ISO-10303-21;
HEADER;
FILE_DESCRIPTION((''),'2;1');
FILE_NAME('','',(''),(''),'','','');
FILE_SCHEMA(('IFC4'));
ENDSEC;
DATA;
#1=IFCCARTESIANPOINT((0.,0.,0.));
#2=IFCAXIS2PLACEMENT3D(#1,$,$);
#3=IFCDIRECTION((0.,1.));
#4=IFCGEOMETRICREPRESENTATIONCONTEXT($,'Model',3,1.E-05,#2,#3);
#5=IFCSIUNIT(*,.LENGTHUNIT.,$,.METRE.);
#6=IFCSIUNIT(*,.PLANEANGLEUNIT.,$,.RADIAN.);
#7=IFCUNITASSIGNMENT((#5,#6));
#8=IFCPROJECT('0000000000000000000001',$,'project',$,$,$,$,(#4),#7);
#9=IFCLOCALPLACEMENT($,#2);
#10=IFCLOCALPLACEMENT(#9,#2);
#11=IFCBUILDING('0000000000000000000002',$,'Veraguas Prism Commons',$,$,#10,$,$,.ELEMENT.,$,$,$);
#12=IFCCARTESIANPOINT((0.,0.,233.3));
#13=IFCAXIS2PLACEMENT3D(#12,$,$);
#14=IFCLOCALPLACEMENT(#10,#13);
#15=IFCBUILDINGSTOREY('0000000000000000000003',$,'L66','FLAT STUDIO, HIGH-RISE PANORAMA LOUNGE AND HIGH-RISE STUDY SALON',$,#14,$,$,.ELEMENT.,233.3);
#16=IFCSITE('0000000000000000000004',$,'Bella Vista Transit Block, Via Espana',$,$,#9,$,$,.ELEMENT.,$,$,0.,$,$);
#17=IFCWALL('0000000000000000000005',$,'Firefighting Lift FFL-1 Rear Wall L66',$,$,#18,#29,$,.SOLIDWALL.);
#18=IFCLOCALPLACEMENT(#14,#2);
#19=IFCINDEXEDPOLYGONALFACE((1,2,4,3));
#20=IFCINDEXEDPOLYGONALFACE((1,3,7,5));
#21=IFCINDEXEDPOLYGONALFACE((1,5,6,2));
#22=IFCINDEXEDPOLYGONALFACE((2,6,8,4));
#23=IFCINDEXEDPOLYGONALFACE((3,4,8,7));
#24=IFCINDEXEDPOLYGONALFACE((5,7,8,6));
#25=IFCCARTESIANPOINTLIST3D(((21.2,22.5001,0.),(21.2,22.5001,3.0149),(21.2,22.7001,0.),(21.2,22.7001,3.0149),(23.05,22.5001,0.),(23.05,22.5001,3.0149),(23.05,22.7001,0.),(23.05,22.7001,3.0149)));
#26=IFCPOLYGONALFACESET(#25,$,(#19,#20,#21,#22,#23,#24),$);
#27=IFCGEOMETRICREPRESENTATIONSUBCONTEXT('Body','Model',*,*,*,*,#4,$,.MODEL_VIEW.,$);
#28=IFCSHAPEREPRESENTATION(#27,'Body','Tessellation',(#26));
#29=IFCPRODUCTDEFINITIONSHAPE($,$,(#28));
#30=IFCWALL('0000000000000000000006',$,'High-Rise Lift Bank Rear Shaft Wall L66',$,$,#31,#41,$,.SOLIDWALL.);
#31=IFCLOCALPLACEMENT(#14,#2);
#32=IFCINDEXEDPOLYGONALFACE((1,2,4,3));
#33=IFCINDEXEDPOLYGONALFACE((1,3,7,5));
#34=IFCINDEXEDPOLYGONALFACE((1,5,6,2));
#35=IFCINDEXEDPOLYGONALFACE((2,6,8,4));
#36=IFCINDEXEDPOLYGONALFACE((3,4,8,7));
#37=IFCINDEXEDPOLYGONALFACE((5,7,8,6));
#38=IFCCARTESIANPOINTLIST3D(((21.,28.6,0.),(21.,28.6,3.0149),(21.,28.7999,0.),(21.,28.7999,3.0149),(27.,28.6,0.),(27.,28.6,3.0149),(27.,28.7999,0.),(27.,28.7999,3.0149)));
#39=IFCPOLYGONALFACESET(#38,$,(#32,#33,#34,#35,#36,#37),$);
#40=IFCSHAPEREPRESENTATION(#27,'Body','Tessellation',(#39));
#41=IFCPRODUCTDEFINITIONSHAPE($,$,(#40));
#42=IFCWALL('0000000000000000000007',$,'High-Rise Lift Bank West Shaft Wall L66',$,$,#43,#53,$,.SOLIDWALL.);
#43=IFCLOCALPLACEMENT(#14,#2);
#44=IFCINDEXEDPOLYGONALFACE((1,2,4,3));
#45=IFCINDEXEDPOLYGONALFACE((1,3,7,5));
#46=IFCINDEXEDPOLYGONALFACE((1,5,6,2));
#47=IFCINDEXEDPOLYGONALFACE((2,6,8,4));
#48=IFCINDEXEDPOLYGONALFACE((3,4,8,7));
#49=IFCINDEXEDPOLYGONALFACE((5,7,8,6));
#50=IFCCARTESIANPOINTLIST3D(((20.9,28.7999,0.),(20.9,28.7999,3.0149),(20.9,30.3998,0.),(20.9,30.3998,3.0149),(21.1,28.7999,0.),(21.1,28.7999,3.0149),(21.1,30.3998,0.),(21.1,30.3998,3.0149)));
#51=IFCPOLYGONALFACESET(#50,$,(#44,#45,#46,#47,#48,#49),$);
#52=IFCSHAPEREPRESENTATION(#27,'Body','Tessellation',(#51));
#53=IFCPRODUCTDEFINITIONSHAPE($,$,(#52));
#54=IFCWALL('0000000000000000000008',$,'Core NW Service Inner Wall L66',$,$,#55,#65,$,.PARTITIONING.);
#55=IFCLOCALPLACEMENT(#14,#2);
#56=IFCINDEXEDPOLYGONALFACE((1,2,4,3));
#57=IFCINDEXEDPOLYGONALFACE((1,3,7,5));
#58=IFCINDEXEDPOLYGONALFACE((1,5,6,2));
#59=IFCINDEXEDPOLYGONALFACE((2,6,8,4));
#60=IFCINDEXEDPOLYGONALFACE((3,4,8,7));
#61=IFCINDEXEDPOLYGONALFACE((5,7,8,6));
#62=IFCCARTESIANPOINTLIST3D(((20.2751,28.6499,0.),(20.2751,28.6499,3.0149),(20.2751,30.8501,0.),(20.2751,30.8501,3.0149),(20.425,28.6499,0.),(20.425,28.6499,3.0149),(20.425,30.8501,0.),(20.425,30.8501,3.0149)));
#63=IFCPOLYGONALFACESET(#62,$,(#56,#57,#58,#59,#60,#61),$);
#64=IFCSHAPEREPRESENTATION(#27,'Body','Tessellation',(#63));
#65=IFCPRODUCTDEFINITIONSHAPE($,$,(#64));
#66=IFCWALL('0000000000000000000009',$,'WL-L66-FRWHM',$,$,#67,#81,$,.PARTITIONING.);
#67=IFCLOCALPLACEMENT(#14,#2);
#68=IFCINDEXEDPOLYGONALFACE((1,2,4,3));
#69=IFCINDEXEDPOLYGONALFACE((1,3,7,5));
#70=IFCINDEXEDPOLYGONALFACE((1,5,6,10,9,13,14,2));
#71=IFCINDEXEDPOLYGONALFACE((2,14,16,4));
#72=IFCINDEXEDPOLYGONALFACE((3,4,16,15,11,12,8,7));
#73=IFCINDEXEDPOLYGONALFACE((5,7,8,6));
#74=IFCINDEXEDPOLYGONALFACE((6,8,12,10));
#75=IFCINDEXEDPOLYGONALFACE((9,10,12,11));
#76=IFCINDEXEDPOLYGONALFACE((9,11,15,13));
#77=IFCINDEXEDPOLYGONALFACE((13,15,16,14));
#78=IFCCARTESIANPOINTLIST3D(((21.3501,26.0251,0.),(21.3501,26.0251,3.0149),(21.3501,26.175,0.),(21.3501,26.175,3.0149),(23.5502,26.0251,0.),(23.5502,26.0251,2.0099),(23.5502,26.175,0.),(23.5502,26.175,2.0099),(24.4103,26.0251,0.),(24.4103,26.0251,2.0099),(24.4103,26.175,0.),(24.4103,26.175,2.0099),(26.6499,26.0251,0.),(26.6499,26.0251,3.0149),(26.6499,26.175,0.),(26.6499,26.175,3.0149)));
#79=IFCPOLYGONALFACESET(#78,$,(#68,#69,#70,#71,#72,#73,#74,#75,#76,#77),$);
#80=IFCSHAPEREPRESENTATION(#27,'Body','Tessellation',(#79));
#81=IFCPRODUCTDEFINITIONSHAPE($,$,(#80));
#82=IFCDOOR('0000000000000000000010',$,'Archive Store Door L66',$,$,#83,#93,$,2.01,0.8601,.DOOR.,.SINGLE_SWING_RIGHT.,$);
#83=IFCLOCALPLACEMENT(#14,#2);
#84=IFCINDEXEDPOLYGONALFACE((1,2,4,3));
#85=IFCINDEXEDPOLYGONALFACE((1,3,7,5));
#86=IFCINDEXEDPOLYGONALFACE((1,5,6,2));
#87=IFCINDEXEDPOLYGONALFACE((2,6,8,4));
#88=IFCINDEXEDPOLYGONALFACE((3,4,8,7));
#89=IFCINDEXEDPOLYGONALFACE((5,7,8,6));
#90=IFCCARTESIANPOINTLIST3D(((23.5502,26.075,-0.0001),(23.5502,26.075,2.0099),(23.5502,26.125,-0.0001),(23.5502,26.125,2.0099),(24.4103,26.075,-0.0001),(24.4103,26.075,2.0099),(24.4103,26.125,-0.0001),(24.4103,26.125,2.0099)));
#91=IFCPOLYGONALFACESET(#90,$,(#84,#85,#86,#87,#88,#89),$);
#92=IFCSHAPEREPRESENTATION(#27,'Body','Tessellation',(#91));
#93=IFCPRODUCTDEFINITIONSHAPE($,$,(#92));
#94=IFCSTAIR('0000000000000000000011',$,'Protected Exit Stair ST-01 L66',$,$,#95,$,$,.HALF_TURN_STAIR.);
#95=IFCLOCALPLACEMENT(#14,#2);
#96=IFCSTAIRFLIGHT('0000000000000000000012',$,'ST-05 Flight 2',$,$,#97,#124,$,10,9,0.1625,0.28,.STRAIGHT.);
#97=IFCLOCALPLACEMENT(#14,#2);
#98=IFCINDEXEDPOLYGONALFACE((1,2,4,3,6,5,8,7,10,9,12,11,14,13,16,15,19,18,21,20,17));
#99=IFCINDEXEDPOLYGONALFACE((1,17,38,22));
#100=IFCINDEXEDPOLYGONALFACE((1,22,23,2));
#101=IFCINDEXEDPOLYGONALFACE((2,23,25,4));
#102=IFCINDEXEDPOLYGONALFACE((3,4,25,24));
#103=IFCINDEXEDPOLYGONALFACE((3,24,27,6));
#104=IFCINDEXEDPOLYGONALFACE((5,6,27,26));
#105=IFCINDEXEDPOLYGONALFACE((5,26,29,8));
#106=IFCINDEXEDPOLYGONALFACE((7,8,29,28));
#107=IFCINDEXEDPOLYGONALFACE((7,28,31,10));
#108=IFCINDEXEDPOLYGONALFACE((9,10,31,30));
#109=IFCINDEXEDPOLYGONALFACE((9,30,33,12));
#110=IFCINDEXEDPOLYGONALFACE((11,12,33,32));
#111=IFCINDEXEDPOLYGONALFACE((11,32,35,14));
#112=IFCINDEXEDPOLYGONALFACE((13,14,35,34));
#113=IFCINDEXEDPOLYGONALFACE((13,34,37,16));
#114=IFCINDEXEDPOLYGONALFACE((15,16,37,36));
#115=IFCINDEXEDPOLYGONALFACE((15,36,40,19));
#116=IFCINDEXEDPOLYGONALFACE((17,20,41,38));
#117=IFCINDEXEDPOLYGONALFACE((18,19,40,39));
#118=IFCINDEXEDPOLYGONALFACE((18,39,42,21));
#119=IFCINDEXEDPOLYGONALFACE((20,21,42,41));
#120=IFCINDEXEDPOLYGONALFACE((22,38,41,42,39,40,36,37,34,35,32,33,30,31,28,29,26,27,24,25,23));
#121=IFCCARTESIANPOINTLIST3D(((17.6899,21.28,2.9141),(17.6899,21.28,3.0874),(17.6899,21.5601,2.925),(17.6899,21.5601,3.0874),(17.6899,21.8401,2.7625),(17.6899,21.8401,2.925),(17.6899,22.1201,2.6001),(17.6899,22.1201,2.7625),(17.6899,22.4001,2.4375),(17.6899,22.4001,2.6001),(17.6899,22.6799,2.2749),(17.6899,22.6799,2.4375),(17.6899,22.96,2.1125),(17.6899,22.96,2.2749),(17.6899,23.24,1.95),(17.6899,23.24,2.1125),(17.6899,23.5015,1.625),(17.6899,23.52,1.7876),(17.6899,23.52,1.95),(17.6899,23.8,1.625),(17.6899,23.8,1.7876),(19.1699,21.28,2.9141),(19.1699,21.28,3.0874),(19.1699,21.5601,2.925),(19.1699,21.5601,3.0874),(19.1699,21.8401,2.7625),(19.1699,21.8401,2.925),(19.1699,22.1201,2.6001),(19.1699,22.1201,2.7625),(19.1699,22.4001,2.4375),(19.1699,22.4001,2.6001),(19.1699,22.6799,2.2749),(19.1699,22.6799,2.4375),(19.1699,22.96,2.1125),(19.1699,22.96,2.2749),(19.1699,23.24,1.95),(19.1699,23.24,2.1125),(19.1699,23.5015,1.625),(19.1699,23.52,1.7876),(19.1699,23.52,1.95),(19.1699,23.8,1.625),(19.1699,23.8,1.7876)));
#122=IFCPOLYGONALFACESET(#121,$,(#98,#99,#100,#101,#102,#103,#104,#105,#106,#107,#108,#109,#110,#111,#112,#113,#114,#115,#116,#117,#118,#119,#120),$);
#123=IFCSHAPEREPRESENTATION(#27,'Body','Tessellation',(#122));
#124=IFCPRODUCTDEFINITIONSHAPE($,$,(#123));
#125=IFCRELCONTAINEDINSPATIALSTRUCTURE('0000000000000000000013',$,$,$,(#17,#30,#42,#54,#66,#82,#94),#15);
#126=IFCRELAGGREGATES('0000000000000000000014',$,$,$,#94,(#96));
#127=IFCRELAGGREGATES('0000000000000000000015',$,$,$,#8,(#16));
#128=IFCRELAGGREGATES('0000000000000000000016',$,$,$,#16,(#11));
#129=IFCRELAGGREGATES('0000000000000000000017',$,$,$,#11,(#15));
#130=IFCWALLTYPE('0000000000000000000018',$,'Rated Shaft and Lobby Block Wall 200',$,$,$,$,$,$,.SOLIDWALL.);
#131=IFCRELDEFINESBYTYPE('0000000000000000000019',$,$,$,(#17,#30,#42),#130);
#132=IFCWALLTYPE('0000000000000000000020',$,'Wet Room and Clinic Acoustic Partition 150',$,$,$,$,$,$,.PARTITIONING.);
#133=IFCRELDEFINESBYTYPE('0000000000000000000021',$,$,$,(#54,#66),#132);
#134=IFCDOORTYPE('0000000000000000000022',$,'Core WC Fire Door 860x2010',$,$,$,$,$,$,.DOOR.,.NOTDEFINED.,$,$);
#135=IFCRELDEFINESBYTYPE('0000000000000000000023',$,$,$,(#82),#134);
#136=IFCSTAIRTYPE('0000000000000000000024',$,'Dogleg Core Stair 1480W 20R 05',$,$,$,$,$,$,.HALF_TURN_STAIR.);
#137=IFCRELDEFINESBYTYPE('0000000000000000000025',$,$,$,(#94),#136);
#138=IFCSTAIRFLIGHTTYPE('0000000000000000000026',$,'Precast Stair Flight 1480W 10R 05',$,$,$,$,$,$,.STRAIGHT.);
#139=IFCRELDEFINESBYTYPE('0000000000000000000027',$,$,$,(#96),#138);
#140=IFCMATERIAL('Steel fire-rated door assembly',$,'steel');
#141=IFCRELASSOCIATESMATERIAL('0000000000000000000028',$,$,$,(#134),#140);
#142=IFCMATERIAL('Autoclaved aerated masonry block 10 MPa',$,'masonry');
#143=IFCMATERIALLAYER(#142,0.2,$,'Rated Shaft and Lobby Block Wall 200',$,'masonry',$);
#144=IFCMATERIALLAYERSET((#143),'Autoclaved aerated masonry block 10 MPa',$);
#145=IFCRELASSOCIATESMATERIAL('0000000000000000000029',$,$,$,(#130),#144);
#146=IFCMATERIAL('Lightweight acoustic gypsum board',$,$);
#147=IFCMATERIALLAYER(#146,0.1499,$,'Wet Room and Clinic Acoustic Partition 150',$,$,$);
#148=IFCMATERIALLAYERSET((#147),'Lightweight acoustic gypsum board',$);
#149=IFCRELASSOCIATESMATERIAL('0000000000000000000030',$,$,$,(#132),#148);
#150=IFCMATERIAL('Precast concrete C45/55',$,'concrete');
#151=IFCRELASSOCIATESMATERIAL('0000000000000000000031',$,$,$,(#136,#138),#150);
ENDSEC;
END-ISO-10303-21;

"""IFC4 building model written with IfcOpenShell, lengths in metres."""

from ifc_helpers import new_model, si_unit, direction, frame, frame_2d, origin, place, context, subcontext, project, spatial, polyline, rectangle, outline, extrude, source, transform, mapped, material, layer, layer_set, type_object, element, fill, aggregate, save


model = new_model("IFC4")

# Units and contexts
model_context = context("Model", 3, precision=1e-05, world=origin(), true_north=direction((0.0, 1.0)))
body_context = subcontext(model_context, "Body", "Model", "MODEL_VIEW")
ifc_project = project(units=[si_unit("LENGTHUNIT", "METRE"), si_unit("PLANEANGLEUNIT", "RADIAN")], contexts=[model_context])

# Site, building, storey
site_placement = place(None, origin())
site = spatial("IfcSite", under=ifc_project, at=site_placement, Name="Bella Vista Transit Block, Via Espana", CompositionType="ELEMENT", RefElevation=0.0)
building_placement = place(site_placement, origin())
building = spatial("IfcBuilding", under=site, at=building_placement, Name="Veraguas Prism Commons", CompositionType="ELEMENT")
storey_placement = place(building_placement, frame((0.0, 0.0, 233.3)))
storey = spatial("IfcBuildingStorey", under=building, at=storey_placement, Name="L66", Description="FLAT STUDIO, HIGH-RISE PANORAMA LOUNGE AND HIGH-RISE STUDY SALON", CompositionType="ELEMENT", Elevation=233.3)

# Shared definitions
ifc_material_1 = material(Name="Steel fire-rated door assembly", Category="steel")
door_type_1 = type_object("IfcDoorType", Name="Core WC Fire Door 860x2010", OperationType="NOTDEFINED", PredefinedType="DOOR", material=ifc_material_1)
shared_shape_1 = source(origin(), body_context, "Body", "SweptSolid", [
    extrude(rectangle(XDim=0.8601, YDim=2.01, at=frame_2d((0.4302, 1.0049))), frame((0.0, 0.0249, 0.0), z_axis=(0.0, -1.0, 0.0), x_axis=(1.0, 0.0, 0.0)), (0.0, 0.0, 1.0), 0.05),
])
ifc_material_2 = material(Name="Autoclaved aerated masonry block 10 MPa", Category="masonry")

# Walls
ifc_layer_1 = layer(ifc_material_2, 0.2, Name="Rated Shaft and Lobby Block Wall 200", Category="masonry")
ifc_layer_set_1 = layer_set([ifc_layer_1], Name="Autoclaved aerated masonry block 10 MPa")
wall_type_1 = type_object("IfcWallType", Name="Rated Shaft and Lobby Block Wall 200", PredefinedType="SOLIDWALL", material=ifc_layer_set_1)
wall_1_placement = place(storey_placement, frame((21.2, 22.6001, 0.0), z_axis=(0.0, 0.0, 1.0), x_axis=(1.0, 0.0, 0.0)))
element("IfcWall", 1, at=wall_1_placement, inside=storey, type_object=wall_type_1, Name="Firefighting Lift FFL-1 Rear Wall L66", PredefinedType="SOLIDWALL", context=body_context, shape_type="SweptSolid", body=[
    extrude(rectangle(XDim=1.8501, YDim=0.2, at=frame_2d((0.925, 0.0))), origin(), (0.0, 0.0, 1.0), 3.0149),
])
wall_2_placement = place(storey_placement, frame((21.0, 28.7, 0.0), z_axis=(0.0, 0.0, 1.0), x_axis=(1.0, 0.0, 0.0)))
element("IfcWall", 2, at=wall_2_placement, inside=storey, type_object=wall_type_1, Name="High-Rise Lift Bank Rear Shaft Wall L66", PredefinedType="SOLIDWALL", context=body_context, shape_type="SweptSolid", body=[
    extrude(rectangle(XDim=6.0, YDim=0.2, at=frame_2d((3.0, 0.0))), origin(), (0.0, 0.0, 1.0), 3.0149),
])
wall_3_placement = place(storey_placement, frame((21.0, 28.8, 0.0), z_axis=(0.0, 0.0, 1.0), x_axis=(0.0, 1.0, 0.0)))
element("IfcWall", 3, at=wall_3_placement, inside=storey, type_object=wall_type_1, Name="High-Rise Lift Bank West Shaft Wall L66", PredefinedType="SOLIDWALL", context=body_context, shape_type="SweptSolid", body=[
    extrude(rectangle(XDim=1.5999, YDim=0.2, at=frame_2d((0.7998, 0.0))), origin(), (0.0, 0.0, 1.0), 3.0149),
])
ifc_material_3 = material(Name="Lightweight acoustic gypsum board")
ifc_layer_2 = layer(ifc_material_3, 0.1499, Name="Wet Room and Clinic Acoustic Partition 150")
ifc_layer_set_2 = layer_set([ifc_layer_2], Name="Lightweight acoustic gypsum board")
wall_type_2 = type_object("IfcWallType", Name="Wet Room and Clinic Acoustic Partition 150", PredefinedType="PARTITIONING", material=ifc_layer_set_2)
wall_4_placement = place(storey_placement, frame((20.3501, 28.6499, 0.0), z_axis=(0.0, 0.0, 1.0), x_axis=(0.0, 1.0, 0.0)))
element("IfcWall", 4, at=wall_4_placement, inside=storey, type_object=wall_type_2, Name="Core NW Service Inner Wall L66", PredefinedType="PARTITIONING", context=body_context, shape_type="SweptSolid", body=[
    extrude(rectangle(XDim=2.2002, YDim=0.1499, at=frame_2d((1.1001, 0.0))), origin(), (0.0, 0.0, 1.0), 3.0149),
])

# Wall, opening, door
wall_5_placement = place(storey_placement, frame((21.3501, 26.1001, 0.0), z_axis=(0.0, 0.0, 1.0), x_axis=(1.0, 0.0, 0.0)))
wall_5 = element("IfcWall", 5, at=wall_5_placement, inside=storey, type_object=wall_type_2, Name="WL-L66-FRWHM", PredefinedType="PARTITIONING", context=body_context, shape_type="SweptSolid", body=[
    extrude(rectangle(XDim=5.2998, YDim=0.1499, at=frame_2d((2.6499, 0.0))), origin(), (0.0, 0.0, 1.0), 3.0149),
])
opening_1_placement = place(wall_5_placement, frame((2.2, 0.0, 0.0)))
opening_1 = element("IfcOpeningElement", 6, at=opening_1_placement, cuts=wall_5, PredefinedType="OPENING", context=body_context, shape_type="SweptSolid", body=[
    extrude(rectangle(XDim=0.8601, YDim=2.01, at=frame_2d((0.4302, 1.0049))), frame((0.0, 0.085, 0.0), z_axis=(0.0, -1.0, 0.0), x_axis=(1.0, 0.0, 0.0)), (0.0, 0.0, 1.0), 0.1699),
])
door_1_placement = place(opening_1_placement, origin())
door_1 = element("IfcDoor", 7, at=door_1_placement, inside=storey, type_object=door_type_1, Name="Archive Store Door L66", OperationType="SINGLE_SWING_RIGHT", OverallHeight=2.01, OverallWidth=0.8601, PredefinedType="DOOR", context=body_context, shape_type="MappedRepresentation", body=[
    mapped(shared_shape_1, transform((0.0, 0.0, 0.0), scale=1.0)),
])
fill(opening_1, door_1)

# Stair, stair flight
ifc_material_4 = material(Name="Precast concrete C45/55", Category="concrete")
stair_type = type_object("IfcStairType", Name="Dogleg Core Stair 1480W 20R 05", PredefinedType="HALF_TURN_STAIR", material=ifc_material_4)
stair_placement = place(storey_placement, origin())
stair = element("IfcStair", 8, at=stair_placement, inside=storey, type_object=stair_type, Name="Protected Exit Stair ST-01 L66", PredefinedType="HALF_TURN_STAIR")
stair_flight_type = type_object("IfcStairFlightType", Name="Precast Stair Flight 1480W 10R 05", PredefinedType="STRAIGHT", material=ifc_material_4)
stair_flight_placement = place(storey_placement, frame((18.4299, 23.8, 1.625), z_axis=(0.0, 0.0, 1.0), x_axis=(0.0, -1.0, 0.0)))
stair_flight = element("IfcStairFlight", 9, at=stair_flight_placement, type_object=stair_flight_type, Name="ST-05 Flight 2", NumberOfRisers=10, NumberOfTreads=9, PredefinedType="STRAIGHT", RiserHeight=0.1625, TreadLength=0.28, context=body_context, shape_type="SweptSolid", body=[
    extrude(outline(polyline([(0.0, 0.0), (0.0, 0.1626), (0.28, 0.1626), (0.28, 0.325), (0.5601, 0.325), (0.5601, 0.4875), (0.8401, 0.4875), (0.8401, 0.6499), (1.1201, 0.6499), (1.1201, 0.8125), (1.3999, 0.8125), (1.3999, 0.9751), (1.6799, 0.9751), (1.6799, 1.1375), (1.96, 1.1375), (1.96, 1.3), (2.24, 1.3), (2.24, 1.4624), (2.52, 1.4624), (2.52, 1.625), (2.52, 1.2891), (0.2986, 0.0), (0.0, 0.0)])), frame((0.0, 0.74, 0.0), z_axis=(0.0, -1.0, 0.0), x_axis=(1.0, 0.0, 0.0)), (0.0, 0.0, 1.0), 1.48),
])
aggregate(stair, [stair_flight])

save(model, "model.ifc")
